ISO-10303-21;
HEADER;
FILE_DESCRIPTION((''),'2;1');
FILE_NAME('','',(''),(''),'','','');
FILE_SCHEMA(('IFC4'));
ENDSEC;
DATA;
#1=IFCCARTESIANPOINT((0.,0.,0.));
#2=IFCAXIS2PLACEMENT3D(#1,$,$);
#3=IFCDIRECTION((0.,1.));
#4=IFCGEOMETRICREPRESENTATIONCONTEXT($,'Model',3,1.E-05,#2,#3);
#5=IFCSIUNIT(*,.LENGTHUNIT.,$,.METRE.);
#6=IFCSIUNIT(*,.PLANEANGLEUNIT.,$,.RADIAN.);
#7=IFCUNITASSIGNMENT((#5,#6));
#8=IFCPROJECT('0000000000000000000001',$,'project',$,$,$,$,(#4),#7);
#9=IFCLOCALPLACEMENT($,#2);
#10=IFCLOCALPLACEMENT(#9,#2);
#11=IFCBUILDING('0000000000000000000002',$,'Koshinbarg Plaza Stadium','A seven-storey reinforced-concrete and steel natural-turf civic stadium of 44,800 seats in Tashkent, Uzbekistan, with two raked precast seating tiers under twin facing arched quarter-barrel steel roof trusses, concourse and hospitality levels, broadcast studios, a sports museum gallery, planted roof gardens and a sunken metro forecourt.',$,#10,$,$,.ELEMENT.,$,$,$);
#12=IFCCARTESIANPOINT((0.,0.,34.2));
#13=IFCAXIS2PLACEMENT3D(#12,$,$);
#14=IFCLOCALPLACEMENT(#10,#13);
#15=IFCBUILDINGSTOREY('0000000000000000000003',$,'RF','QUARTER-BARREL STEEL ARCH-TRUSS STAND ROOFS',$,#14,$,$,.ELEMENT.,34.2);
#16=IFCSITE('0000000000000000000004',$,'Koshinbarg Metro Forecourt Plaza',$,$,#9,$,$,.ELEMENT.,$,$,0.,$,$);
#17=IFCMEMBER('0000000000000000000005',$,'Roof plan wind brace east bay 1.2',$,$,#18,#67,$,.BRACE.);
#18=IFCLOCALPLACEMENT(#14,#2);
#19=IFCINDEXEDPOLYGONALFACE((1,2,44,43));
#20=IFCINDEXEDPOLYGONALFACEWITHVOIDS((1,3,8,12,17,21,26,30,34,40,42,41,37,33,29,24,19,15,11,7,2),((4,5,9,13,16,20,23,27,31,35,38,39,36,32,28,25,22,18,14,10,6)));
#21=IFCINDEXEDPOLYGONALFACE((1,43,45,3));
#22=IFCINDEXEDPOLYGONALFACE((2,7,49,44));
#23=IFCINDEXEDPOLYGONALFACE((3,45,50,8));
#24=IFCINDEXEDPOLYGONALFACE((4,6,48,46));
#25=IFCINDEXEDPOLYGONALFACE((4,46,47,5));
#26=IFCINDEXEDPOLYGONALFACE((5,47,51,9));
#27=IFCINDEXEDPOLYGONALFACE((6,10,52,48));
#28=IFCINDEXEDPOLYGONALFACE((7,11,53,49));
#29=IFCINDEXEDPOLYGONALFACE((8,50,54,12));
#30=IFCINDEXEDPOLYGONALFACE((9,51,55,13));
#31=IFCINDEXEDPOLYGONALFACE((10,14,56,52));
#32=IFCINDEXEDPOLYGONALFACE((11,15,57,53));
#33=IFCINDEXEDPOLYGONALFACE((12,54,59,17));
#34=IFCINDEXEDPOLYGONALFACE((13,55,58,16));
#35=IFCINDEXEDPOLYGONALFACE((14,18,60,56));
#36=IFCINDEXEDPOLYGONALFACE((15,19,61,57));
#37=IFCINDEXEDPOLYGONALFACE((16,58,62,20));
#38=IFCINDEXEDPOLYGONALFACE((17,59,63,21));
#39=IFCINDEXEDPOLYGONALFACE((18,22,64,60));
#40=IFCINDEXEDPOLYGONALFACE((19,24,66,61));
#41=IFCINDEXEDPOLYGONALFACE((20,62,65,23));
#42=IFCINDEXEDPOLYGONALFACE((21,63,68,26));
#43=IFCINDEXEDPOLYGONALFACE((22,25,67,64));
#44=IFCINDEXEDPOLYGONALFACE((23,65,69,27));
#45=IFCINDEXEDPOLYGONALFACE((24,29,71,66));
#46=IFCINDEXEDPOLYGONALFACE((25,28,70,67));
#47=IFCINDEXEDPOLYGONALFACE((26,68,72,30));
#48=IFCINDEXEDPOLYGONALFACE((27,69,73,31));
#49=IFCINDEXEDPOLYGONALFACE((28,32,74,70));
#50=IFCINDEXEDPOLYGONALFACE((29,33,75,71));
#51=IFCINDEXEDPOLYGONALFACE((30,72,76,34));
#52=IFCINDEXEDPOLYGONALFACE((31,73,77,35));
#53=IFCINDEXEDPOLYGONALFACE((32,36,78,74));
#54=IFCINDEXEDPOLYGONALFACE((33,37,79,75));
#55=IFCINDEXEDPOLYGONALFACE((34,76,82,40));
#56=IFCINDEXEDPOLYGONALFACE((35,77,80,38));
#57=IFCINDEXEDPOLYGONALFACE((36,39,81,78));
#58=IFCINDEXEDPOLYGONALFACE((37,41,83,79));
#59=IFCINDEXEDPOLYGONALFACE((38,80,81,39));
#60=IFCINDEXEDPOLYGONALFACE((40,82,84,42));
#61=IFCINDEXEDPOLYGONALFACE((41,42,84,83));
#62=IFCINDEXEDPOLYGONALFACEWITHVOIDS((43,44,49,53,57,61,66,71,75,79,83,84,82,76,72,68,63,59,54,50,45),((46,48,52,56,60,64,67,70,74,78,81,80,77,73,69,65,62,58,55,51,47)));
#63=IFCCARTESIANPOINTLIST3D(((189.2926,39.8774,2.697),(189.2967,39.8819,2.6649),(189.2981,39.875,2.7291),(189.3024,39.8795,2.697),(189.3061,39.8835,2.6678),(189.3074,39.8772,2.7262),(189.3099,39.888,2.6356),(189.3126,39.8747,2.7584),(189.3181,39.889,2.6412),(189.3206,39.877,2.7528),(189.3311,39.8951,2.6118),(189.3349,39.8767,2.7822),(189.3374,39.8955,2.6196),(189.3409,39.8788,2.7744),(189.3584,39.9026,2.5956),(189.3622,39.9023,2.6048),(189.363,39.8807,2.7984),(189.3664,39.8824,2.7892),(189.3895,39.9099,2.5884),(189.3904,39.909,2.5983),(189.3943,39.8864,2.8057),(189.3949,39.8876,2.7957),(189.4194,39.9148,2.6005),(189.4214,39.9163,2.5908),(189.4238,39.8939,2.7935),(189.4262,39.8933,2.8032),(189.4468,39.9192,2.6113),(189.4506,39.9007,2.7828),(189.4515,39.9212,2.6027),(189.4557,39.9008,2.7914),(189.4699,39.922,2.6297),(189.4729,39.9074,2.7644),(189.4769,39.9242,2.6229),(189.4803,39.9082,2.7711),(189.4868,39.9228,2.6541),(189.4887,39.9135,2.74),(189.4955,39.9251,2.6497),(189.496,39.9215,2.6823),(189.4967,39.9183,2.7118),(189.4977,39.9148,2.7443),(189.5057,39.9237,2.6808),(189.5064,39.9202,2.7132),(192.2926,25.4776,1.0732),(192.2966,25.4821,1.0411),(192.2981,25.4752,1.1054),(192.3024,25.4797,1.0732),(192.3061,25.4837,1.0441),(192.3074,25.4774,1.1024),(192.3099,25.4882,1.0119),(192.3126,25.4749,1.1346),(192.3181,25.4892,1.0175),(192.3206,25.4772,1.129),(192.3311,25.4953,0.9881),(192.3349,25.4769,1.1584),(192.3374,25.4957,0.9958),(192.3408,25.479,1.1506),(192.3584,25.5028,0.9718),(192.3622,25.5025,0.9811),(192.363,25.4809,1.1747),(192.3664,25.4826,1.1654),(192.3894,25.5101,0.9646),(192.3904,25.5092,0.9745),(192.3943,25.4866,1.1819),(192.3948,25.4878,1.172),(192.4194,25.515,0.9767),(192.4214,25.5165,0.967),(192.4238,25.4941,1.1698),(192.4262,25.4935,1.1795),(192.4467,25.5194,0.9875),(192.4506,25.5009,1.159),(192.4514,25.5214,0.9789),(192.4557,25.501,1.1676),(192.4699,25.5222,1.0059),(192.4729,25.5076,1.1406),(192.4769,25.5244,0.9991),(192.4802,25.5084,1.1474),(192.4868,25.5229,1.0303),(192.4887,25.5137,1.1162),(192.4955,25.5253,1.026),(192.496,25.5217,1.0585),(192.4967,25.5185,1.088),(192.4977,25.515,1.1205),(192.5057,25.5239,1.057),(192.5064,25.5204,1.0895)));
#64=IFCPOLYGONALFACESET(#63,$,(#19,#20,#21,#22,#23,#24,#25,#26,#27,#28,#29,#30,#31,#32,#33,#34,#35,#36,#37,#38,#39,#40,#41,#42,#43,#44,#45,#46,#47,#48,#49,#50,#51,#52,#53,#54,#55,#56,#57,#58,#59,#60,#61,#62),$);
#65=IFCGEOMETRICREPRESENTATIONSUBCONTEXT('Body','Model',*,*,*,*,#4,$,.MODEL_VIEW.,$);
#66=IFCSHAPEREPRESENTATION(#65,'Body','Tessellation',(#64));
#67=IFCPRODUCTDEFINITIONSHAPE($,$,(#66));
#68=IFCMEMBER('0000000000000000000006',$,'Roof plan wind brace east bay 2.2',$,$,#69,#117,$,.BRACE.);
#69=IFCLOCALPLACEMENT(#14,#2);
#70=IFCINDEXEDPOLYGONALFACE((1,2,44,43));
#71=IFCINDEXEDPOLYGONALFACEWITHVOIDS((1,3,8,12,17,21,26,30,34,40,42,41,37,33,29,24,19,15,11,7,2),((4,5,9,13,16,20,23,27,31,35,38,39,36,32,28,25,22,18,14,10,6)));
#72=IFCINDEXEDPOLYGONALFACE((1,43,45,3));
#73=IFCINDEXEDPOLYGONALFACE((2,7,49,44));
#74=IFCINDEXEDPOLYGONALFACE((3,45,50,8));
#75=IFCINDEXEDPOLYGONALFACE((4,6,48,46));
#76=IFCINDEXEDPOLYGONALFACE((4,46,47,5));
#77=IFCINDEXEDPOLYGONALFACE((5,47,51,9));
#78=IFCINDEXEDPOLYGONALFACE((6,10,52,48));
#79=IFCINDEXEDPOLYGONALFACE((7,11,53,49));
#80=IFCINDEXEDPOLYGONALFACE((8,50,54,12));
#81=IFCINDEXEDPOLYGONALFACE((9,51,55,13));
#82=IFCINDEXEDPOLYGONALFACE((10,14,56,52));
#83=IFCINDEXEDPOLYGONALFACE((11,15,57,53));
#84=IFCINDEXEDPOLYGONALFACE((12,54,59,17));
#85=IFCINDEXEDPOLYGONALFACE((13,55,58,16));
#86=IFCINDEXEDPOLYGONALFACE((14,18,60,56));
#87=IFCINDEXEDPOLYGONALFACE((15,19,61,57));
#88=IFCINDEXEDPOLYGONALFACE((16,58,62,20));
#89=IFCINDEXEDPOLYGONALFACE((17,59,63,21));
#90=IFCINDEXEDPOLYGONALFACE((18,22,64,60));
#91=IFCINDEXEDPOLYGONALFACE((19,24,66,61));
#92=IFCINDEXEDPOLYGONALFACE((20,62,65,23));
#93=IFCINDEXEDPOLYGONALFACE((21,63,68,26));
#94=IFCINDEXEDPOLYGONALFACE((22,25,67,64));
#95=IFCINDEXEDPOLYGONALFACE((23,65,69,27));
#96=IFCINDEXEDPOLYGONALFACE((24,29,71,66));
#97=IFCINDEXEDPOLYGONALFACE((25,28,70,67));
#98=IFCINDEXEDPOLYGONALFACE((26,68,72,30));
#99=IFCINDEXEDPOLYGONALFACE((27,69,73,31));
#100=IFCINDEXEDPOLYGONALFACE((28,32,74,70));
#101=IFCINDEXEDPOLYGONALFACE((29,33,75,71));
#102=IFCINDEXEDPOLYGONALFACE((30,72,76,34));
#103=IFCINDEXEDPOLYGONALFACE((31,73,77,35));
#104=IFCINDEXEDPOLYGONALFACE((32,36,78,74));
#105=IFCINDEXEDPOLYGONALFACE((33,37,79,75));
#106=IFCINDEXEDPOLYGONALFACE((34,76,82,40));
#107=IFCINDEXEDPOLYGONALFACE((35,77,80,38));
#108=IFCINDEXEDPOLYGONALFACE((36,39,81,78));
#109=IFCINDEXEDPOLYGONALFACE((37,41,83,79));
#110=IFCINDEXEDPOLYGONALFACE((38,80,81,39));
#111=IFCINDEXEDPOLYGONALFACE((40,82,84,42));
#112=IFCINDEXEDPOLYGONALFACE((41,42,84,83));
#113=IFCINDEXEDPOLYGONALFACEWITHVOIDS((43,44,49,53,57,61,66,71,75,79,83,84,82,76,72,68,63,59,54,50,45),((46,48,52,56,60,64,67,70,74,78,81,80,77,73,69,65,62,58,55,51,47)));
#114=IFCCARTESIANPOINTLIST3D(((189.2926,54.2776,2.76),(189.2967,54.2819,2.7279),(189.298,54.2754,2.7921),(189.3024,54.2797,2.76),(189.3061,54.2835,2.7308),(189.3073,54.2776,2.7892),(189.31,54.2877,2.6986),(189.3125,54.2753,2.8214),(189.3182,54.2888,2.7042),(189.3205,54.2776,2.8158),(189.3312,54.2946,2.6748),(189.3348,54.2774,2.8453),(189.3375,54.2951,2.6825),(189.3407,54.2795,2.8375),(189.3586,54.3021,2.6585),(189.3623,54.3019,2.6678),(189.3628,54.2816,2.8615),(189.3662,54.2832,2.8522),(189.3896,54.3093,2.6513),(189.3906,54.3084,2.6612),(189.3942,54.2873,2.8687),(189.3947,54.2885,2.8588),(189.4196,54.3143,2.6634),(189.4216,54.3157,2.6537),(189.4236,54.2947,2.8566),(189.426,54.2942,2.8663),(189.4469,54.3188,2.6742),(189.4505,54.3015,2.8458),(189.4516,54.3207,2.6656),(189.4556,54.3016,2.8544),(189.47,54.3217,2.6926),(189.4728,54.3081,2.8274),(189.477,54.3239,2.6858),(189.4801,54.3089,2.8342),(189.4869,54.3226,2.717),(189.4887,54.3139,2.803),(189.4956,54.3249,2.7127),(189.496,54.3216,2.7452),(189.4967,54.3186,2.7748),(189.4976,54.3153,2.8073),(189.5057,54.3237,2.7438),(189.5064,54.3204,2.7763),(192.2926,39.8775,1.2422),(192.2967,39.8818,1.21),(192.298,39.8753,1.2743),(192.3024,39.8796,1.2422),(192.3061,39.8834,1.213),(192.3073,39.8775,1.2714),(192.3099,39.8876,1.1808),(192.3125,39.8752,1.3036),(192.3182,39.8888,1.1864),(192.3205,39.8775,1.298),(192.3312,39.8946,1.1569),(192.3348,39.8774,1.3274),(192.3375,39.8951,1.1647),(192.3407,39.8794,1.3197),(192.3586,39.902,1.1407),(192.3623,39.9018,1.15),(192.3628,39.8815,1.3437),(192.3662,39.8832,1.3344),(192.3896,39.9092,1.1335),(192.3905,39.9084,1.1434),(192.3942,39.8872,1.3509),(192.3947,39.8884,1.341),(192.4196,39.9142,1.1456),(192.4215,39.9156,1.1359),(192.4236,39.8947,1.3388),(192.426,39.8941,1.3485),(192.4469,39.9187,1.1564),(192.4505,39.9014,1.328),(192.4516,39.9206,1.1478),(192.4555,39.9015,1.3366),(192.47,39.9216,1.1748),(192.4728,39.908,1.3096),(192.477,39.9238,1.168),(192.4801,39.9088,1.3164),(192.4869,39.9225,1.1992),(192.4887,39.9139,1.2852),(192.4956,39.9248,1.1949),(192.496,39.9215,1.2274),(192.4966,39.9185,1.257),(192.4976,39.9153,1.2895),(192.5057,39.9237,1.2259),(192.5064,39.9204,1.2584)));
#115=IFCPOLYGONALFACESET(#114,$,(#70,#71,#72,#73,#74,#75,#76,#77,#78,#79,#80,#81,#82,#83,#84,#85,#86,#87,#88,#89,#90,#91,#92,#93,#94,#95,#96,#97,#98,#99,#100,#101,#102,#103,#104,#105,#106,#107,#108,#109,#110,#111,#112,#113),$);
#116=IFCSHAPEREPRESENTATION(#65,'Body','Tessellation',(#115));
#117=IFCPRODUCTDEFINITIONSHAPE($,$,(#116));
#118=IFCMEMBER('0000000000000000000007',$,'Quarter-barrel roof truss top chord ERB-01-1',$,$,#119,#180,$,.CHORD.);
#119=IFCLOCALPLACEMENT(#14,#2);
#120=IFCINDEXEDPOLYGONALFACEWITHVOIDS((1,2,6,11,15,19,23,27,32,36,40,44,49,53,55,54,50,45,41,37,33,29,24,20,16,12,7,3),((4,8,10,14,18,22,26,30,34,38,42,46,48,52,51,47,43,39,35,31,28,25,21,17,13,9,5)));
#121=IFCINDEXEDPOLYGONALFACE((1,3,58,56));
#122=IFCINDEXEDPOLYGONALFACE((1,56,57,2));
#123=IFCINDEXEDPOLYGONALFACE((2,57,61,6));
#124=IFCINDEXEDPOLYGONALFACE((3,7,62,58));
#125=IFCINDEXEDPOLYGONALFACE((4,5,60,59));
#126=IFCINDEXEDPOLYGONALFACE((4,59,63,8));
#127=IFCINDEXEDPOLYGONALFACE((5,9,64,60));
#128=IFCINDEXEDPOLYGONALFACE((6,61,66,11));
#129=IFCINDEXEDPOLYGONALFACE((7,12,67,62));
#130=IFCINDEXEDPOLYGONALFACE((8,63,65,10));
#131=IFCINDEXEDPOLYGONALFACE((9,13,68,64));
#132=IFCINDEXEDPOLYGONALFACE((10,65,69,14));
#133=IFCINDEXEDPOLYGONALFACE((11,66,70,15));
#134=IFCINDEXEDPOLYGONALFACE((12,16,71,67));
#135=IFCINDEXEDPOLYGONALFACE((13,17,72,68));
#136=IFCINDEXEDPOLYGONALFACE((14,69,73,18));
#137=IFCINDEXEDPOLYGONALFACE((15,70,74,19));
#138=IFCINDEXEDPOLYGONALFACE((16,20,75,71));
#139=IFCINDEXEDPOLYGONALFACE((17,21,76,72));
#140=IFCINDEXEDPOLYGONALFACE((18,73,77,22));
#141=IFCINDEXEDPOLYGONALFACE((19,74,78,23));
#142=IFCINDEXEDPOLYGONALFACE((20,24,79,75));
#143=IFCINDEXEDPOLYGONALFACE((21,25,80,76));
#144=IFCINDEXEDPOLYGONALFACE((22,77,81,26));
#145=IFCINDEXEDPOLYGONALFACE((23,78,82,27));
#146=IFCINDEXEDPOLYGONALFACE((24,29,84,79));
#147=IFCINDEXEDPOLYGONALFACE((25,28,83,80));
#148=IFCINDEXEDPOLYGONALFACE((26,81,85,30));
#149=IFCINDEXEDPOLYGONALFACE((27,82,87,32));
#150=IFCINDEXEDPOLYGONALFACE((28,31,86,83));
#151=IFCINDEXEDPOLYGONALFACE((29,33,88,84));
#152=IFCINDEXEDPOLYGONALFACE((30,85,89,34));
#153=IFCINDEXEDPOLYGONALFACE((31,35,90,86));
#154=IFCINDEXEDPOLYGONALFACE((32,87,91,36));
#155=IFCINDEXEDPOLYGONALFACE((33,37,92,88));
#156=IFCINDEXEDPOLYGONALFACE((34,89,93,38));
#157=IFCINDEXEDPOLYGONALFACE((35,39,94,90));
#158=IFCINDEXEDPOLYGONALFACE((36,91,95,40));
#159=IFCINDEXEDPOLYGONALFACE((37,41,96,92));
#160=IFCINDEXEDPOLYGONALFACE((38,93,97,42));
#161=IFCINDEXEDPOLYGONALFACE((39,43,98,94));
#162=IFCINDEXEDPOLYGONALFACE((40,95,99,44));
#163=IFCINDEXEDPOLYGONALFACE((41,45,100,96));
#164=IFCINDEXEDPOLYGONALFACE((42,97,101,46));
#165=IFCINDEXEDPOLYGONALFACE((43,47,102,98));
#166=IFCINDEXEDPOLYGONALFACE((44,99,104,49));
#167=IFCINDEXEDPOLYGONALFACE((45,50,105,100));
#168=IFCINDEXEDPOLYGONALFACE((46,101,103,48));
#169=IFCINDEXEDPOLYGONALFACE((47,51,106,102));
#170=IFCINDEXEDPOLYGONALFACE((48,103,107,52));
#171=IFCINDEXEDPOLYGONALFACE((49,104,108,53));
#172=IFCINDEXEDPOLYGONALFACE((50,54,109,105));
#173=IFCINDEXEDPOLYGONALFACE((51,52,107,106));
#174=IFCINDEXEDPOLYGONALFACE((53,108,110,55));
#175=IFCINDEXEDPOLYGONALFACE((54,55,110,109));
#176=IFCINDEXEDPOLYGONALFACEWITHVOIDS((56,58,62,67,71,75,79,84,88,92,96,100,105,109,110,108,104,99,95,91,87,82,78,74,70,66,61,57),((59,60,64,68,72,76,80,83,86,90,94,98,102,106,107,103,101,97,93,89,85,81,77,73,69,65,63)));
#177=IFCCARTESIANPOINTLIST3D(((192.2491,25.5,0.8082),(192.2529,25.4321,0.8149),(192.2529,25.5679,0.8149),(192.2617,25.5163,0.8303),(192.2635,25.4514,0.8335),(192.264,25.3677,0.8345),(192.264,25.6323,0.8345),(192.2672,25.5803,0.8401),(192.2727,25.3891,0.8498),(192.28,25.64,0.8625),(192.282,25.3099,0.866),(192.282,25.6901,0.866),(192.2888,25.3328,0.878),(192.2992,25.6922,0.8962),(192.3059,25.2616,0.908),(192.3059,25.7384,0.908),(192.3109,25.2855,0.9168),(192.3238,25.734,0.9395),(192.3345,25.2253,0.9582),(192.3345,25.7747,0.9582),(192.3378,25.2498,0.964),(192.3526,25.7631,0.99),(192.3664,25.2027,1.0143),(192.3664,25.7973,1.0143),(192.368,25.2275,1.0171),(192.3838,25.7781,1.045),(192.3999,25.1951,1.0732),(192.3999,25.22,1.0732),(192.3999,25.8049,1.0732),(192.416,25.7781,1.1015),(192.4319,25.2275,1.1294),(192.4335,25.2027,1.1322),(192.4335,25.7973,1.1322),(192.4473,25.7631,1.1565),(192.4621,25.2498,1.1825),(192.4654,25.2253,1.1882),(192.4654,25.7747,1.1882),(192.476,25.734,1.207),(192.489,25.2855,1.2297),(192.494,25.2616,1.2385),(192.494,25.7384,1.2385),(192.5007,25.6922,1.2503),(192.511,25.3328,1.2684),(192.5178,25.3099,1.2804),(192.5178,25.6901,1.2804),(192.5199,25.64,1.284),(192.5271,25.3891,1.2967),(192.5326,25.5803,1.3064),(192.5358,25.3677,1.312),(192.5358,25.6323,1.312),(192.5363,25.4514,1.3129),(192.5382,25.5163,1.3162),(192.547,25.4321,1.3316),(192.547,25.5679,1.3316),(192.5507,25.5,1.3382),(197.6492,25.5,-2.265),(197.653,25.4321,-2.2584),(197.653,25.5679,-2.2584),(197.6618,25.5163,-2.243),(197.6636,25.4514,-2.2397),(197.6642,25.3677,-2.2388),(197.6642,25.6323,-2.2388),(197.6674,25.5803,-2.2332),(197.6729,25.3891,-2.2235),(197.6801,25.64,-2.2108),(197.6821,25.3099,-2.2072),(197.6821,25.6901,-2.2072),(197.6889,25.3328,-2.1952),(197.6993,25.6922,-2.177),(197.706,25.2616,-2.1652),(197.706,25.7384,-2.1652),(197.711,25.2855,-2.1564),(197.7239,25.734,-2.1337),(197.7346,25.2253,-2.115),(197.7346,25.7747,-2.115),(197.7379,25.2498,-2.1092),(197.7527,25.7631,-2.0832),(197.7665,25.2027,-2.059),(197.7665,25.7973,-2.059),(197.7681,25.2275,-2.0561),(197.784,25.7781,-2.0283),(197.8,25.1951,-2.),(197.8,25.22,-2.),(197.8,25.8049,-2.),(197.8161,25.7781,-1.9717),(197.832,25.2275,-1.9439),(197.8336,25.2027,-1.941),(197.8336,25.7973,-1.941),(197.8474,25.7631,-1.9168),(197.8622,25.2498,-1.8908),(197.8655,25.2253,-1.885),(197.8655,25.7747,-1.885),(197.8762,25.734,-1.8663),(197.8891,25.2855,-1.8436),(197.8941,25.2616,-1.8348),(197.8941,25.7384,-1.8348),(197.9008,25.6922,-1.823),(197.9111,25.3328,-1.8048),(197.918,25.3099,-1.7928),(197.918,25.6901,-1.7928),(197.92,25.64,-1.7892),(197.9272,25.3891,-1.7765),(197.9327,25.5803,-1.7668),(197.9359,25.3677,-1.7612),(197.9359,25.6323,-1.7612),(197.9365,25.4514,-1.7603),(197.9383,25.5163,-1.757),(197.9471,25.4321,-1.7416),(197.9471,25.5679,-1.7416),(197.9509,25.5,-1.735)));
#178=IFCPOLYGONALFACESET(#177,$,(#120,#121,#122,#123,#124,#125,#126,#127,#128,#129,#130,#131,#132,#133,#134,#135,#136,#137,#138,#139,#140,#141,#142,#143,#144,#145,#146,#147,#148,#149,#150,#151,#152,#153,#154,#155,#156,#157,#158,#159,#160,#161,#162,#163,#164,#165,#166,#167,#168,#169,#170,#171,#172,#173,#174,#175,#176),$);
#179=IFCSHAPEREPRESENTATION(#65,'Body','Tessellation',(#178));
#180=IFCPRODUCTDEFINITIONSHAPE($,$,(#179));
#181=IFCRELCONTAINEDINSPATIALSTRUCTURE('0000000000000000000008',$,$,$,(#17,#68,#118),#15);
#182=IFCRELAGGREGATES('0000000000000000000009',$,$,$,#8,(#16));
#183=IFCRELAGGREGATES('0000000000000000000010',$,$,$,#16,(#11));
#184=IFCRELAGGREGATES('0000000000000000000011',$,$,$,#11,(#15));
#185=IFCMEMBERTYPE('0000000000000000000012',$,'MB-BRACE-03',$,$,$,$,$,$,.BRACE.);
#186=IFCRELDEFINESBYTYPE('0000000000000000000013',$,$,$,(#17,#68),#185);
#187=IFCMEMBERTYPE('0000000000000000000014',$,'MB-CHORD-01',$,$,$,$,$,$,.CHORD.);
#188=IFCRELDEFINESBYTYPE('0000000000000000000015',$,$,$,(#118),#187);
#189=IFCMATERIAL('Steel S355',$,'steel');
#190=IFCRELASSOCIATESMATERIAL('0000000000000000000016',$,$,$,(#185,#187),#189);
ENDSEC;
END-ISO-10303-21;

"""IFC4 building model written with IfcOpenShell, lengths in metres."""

from ifc_helpers import new_model, si_unit, direction, frame, origin, origin_2d, place, context, subcontext, project, spatial, hollow_circle, extrude, material, material_profile, profile_set, type_object, element, save


model = new_model("IFC4")

# Units and contexts
model_context = context("Model", 3, precision=1e-05, world=origin(), true_north=direction((0.0, 1.0)))
body_context = subcontext(model_context, "Body", "Model", "MODEL_VIEW")
ifc_project = project(units=[si_unit("LENGTHUNIT", "METRE"), si_unit("PLANEANGLEUNIT", "RADIAN")], contexts=[model_context])

# Site, building, storey
site_placement = place(None, origin())
site = spatial("IfcSite", under=ifc_project, at=site_placement, Name="Koshinbarg Metro Forecourt Plaza", CompositionType="ELEMENT", RefElevation=0.0)
building_placement = place(site_placement, origin())
building = spatial("IfcBuilding", under=site, at=building_placement, Name="Koshinbarg Plaza Stadium", Description="A seven-storey reinforced-concrete and steel natural-turf civic stadium of 44,800 seats in Tashkent, Uzbekistan, with two raked precast seating tiers under twin facing arched quarter-barrel steel roof trusses, concourse and hospitality levels, broadcast studios, a sports museum gallery, planted roof gardens and a sunken metro forecourt.", CompositionType="ELEMENT")
storey_placement = place(building_placement, frame((0.0, 0.0, 34.2)))
storey = spatial("IfcBuildingStorey", under=building, at=storey_placement, Name="RF", Description="QUARTER-BARREL STEEL ARCH-TRUSS STAND ROOFS", CompositionType="ELEMENT", Elevation=34.2)

# Members
ifc_material_1 = material(Name="Steel S355", Category="steel")
ifc_material_profile_1 = material_profile(ifc_material_1, hollow_circle(Radius=0.1096, WallThickness=0.01, at=origin_2d()), Name="CHS 219.1x10")
ifc_profile_set_1 = profile_set([ifc_material_profile_1], Name="Steel S355")
member_type_1 = type_object("IfcMemberType", Name="MB-BRACE-03", PredefinedType="BRACE", material=ifc_profile_set_1)
member_1_placement = place(storey_placement, frame((192.3999, 25.5, 1.0732), z_axis=(-0.202724, 0.973069, 0.109726), x_axis=(-0.97898, -0.203956, 0.0)))
element("IfcMember", 1, at=member_1_placement, inside=storey, type_object=member_type_1, Name="Roof plan wind brace east bay 1.2", PredefinedType="BRACE", context=body_context, shape_type="SweptSolid", body=[
    extrude(hollow_circle(Radius=0.1096, WallThickness=0.01, at=origin_2d()), origin(), (0.0, 0.0, 1.0), 14.7983),
])
member_2_placement = place(storey_placement, frame((192.3999, 39.8999, 1.2422), z_axis=(-0.202875, 0.97381, 0.102643), x_axis=(-0.978981, -0.203952, 0.0)))
element("IfcMember", 2, at=member_2_placement, inside=storey, type_object=member_type_1, Name="Roof plan wind brace east bay 2.2", PredefinedType="BRACE", context=body_context, shape_type="SweptSolid", body=[
    extrude(hollow_circle(Radius=0.1096, WallThickness=0.01, at=origin_2d()), origin(), (0.0, 0.0, 1.0), 14.7874),
])
ifc_material_profile_2 = material_profile(ifc_material_1, hollow_circle(Radius=0.3049, WallThickness=0.0249, at=origin_2d()), Name="CHS 610x25")
ifc_profile_set_2 = profile_set([ifc_material_profile_2], Name="Steel S355")
member_type_2 = type_object("IfcMemberType", Name="MB-CHORD-01", PredefinedType="CHORD", material=ifc_profile_set_2)
member_3_placement = place(storey_placement, frame((197.8, 25.5, -2.0), z_axis=(-0.869112, 0.0, 0.494615), x_axis=(0.0, -1.0, 0.0)))
element("IfcMember", 3, at=member_3_placement, inside=storey, type_object=member_type_2, Name="Quarter-barrel roof truss top chord ERB-01-1", PredefinedType="CHORD", context=body_context, shape_type="SweptSolid", body=[
    extrude(hollow_circle(Radius=0.3049, WallThickness=0.0249, at=origin_2d()), origin(), (0.0, 0.0, 1.0), 6.2134),
])

save(model, "model.ifc")
